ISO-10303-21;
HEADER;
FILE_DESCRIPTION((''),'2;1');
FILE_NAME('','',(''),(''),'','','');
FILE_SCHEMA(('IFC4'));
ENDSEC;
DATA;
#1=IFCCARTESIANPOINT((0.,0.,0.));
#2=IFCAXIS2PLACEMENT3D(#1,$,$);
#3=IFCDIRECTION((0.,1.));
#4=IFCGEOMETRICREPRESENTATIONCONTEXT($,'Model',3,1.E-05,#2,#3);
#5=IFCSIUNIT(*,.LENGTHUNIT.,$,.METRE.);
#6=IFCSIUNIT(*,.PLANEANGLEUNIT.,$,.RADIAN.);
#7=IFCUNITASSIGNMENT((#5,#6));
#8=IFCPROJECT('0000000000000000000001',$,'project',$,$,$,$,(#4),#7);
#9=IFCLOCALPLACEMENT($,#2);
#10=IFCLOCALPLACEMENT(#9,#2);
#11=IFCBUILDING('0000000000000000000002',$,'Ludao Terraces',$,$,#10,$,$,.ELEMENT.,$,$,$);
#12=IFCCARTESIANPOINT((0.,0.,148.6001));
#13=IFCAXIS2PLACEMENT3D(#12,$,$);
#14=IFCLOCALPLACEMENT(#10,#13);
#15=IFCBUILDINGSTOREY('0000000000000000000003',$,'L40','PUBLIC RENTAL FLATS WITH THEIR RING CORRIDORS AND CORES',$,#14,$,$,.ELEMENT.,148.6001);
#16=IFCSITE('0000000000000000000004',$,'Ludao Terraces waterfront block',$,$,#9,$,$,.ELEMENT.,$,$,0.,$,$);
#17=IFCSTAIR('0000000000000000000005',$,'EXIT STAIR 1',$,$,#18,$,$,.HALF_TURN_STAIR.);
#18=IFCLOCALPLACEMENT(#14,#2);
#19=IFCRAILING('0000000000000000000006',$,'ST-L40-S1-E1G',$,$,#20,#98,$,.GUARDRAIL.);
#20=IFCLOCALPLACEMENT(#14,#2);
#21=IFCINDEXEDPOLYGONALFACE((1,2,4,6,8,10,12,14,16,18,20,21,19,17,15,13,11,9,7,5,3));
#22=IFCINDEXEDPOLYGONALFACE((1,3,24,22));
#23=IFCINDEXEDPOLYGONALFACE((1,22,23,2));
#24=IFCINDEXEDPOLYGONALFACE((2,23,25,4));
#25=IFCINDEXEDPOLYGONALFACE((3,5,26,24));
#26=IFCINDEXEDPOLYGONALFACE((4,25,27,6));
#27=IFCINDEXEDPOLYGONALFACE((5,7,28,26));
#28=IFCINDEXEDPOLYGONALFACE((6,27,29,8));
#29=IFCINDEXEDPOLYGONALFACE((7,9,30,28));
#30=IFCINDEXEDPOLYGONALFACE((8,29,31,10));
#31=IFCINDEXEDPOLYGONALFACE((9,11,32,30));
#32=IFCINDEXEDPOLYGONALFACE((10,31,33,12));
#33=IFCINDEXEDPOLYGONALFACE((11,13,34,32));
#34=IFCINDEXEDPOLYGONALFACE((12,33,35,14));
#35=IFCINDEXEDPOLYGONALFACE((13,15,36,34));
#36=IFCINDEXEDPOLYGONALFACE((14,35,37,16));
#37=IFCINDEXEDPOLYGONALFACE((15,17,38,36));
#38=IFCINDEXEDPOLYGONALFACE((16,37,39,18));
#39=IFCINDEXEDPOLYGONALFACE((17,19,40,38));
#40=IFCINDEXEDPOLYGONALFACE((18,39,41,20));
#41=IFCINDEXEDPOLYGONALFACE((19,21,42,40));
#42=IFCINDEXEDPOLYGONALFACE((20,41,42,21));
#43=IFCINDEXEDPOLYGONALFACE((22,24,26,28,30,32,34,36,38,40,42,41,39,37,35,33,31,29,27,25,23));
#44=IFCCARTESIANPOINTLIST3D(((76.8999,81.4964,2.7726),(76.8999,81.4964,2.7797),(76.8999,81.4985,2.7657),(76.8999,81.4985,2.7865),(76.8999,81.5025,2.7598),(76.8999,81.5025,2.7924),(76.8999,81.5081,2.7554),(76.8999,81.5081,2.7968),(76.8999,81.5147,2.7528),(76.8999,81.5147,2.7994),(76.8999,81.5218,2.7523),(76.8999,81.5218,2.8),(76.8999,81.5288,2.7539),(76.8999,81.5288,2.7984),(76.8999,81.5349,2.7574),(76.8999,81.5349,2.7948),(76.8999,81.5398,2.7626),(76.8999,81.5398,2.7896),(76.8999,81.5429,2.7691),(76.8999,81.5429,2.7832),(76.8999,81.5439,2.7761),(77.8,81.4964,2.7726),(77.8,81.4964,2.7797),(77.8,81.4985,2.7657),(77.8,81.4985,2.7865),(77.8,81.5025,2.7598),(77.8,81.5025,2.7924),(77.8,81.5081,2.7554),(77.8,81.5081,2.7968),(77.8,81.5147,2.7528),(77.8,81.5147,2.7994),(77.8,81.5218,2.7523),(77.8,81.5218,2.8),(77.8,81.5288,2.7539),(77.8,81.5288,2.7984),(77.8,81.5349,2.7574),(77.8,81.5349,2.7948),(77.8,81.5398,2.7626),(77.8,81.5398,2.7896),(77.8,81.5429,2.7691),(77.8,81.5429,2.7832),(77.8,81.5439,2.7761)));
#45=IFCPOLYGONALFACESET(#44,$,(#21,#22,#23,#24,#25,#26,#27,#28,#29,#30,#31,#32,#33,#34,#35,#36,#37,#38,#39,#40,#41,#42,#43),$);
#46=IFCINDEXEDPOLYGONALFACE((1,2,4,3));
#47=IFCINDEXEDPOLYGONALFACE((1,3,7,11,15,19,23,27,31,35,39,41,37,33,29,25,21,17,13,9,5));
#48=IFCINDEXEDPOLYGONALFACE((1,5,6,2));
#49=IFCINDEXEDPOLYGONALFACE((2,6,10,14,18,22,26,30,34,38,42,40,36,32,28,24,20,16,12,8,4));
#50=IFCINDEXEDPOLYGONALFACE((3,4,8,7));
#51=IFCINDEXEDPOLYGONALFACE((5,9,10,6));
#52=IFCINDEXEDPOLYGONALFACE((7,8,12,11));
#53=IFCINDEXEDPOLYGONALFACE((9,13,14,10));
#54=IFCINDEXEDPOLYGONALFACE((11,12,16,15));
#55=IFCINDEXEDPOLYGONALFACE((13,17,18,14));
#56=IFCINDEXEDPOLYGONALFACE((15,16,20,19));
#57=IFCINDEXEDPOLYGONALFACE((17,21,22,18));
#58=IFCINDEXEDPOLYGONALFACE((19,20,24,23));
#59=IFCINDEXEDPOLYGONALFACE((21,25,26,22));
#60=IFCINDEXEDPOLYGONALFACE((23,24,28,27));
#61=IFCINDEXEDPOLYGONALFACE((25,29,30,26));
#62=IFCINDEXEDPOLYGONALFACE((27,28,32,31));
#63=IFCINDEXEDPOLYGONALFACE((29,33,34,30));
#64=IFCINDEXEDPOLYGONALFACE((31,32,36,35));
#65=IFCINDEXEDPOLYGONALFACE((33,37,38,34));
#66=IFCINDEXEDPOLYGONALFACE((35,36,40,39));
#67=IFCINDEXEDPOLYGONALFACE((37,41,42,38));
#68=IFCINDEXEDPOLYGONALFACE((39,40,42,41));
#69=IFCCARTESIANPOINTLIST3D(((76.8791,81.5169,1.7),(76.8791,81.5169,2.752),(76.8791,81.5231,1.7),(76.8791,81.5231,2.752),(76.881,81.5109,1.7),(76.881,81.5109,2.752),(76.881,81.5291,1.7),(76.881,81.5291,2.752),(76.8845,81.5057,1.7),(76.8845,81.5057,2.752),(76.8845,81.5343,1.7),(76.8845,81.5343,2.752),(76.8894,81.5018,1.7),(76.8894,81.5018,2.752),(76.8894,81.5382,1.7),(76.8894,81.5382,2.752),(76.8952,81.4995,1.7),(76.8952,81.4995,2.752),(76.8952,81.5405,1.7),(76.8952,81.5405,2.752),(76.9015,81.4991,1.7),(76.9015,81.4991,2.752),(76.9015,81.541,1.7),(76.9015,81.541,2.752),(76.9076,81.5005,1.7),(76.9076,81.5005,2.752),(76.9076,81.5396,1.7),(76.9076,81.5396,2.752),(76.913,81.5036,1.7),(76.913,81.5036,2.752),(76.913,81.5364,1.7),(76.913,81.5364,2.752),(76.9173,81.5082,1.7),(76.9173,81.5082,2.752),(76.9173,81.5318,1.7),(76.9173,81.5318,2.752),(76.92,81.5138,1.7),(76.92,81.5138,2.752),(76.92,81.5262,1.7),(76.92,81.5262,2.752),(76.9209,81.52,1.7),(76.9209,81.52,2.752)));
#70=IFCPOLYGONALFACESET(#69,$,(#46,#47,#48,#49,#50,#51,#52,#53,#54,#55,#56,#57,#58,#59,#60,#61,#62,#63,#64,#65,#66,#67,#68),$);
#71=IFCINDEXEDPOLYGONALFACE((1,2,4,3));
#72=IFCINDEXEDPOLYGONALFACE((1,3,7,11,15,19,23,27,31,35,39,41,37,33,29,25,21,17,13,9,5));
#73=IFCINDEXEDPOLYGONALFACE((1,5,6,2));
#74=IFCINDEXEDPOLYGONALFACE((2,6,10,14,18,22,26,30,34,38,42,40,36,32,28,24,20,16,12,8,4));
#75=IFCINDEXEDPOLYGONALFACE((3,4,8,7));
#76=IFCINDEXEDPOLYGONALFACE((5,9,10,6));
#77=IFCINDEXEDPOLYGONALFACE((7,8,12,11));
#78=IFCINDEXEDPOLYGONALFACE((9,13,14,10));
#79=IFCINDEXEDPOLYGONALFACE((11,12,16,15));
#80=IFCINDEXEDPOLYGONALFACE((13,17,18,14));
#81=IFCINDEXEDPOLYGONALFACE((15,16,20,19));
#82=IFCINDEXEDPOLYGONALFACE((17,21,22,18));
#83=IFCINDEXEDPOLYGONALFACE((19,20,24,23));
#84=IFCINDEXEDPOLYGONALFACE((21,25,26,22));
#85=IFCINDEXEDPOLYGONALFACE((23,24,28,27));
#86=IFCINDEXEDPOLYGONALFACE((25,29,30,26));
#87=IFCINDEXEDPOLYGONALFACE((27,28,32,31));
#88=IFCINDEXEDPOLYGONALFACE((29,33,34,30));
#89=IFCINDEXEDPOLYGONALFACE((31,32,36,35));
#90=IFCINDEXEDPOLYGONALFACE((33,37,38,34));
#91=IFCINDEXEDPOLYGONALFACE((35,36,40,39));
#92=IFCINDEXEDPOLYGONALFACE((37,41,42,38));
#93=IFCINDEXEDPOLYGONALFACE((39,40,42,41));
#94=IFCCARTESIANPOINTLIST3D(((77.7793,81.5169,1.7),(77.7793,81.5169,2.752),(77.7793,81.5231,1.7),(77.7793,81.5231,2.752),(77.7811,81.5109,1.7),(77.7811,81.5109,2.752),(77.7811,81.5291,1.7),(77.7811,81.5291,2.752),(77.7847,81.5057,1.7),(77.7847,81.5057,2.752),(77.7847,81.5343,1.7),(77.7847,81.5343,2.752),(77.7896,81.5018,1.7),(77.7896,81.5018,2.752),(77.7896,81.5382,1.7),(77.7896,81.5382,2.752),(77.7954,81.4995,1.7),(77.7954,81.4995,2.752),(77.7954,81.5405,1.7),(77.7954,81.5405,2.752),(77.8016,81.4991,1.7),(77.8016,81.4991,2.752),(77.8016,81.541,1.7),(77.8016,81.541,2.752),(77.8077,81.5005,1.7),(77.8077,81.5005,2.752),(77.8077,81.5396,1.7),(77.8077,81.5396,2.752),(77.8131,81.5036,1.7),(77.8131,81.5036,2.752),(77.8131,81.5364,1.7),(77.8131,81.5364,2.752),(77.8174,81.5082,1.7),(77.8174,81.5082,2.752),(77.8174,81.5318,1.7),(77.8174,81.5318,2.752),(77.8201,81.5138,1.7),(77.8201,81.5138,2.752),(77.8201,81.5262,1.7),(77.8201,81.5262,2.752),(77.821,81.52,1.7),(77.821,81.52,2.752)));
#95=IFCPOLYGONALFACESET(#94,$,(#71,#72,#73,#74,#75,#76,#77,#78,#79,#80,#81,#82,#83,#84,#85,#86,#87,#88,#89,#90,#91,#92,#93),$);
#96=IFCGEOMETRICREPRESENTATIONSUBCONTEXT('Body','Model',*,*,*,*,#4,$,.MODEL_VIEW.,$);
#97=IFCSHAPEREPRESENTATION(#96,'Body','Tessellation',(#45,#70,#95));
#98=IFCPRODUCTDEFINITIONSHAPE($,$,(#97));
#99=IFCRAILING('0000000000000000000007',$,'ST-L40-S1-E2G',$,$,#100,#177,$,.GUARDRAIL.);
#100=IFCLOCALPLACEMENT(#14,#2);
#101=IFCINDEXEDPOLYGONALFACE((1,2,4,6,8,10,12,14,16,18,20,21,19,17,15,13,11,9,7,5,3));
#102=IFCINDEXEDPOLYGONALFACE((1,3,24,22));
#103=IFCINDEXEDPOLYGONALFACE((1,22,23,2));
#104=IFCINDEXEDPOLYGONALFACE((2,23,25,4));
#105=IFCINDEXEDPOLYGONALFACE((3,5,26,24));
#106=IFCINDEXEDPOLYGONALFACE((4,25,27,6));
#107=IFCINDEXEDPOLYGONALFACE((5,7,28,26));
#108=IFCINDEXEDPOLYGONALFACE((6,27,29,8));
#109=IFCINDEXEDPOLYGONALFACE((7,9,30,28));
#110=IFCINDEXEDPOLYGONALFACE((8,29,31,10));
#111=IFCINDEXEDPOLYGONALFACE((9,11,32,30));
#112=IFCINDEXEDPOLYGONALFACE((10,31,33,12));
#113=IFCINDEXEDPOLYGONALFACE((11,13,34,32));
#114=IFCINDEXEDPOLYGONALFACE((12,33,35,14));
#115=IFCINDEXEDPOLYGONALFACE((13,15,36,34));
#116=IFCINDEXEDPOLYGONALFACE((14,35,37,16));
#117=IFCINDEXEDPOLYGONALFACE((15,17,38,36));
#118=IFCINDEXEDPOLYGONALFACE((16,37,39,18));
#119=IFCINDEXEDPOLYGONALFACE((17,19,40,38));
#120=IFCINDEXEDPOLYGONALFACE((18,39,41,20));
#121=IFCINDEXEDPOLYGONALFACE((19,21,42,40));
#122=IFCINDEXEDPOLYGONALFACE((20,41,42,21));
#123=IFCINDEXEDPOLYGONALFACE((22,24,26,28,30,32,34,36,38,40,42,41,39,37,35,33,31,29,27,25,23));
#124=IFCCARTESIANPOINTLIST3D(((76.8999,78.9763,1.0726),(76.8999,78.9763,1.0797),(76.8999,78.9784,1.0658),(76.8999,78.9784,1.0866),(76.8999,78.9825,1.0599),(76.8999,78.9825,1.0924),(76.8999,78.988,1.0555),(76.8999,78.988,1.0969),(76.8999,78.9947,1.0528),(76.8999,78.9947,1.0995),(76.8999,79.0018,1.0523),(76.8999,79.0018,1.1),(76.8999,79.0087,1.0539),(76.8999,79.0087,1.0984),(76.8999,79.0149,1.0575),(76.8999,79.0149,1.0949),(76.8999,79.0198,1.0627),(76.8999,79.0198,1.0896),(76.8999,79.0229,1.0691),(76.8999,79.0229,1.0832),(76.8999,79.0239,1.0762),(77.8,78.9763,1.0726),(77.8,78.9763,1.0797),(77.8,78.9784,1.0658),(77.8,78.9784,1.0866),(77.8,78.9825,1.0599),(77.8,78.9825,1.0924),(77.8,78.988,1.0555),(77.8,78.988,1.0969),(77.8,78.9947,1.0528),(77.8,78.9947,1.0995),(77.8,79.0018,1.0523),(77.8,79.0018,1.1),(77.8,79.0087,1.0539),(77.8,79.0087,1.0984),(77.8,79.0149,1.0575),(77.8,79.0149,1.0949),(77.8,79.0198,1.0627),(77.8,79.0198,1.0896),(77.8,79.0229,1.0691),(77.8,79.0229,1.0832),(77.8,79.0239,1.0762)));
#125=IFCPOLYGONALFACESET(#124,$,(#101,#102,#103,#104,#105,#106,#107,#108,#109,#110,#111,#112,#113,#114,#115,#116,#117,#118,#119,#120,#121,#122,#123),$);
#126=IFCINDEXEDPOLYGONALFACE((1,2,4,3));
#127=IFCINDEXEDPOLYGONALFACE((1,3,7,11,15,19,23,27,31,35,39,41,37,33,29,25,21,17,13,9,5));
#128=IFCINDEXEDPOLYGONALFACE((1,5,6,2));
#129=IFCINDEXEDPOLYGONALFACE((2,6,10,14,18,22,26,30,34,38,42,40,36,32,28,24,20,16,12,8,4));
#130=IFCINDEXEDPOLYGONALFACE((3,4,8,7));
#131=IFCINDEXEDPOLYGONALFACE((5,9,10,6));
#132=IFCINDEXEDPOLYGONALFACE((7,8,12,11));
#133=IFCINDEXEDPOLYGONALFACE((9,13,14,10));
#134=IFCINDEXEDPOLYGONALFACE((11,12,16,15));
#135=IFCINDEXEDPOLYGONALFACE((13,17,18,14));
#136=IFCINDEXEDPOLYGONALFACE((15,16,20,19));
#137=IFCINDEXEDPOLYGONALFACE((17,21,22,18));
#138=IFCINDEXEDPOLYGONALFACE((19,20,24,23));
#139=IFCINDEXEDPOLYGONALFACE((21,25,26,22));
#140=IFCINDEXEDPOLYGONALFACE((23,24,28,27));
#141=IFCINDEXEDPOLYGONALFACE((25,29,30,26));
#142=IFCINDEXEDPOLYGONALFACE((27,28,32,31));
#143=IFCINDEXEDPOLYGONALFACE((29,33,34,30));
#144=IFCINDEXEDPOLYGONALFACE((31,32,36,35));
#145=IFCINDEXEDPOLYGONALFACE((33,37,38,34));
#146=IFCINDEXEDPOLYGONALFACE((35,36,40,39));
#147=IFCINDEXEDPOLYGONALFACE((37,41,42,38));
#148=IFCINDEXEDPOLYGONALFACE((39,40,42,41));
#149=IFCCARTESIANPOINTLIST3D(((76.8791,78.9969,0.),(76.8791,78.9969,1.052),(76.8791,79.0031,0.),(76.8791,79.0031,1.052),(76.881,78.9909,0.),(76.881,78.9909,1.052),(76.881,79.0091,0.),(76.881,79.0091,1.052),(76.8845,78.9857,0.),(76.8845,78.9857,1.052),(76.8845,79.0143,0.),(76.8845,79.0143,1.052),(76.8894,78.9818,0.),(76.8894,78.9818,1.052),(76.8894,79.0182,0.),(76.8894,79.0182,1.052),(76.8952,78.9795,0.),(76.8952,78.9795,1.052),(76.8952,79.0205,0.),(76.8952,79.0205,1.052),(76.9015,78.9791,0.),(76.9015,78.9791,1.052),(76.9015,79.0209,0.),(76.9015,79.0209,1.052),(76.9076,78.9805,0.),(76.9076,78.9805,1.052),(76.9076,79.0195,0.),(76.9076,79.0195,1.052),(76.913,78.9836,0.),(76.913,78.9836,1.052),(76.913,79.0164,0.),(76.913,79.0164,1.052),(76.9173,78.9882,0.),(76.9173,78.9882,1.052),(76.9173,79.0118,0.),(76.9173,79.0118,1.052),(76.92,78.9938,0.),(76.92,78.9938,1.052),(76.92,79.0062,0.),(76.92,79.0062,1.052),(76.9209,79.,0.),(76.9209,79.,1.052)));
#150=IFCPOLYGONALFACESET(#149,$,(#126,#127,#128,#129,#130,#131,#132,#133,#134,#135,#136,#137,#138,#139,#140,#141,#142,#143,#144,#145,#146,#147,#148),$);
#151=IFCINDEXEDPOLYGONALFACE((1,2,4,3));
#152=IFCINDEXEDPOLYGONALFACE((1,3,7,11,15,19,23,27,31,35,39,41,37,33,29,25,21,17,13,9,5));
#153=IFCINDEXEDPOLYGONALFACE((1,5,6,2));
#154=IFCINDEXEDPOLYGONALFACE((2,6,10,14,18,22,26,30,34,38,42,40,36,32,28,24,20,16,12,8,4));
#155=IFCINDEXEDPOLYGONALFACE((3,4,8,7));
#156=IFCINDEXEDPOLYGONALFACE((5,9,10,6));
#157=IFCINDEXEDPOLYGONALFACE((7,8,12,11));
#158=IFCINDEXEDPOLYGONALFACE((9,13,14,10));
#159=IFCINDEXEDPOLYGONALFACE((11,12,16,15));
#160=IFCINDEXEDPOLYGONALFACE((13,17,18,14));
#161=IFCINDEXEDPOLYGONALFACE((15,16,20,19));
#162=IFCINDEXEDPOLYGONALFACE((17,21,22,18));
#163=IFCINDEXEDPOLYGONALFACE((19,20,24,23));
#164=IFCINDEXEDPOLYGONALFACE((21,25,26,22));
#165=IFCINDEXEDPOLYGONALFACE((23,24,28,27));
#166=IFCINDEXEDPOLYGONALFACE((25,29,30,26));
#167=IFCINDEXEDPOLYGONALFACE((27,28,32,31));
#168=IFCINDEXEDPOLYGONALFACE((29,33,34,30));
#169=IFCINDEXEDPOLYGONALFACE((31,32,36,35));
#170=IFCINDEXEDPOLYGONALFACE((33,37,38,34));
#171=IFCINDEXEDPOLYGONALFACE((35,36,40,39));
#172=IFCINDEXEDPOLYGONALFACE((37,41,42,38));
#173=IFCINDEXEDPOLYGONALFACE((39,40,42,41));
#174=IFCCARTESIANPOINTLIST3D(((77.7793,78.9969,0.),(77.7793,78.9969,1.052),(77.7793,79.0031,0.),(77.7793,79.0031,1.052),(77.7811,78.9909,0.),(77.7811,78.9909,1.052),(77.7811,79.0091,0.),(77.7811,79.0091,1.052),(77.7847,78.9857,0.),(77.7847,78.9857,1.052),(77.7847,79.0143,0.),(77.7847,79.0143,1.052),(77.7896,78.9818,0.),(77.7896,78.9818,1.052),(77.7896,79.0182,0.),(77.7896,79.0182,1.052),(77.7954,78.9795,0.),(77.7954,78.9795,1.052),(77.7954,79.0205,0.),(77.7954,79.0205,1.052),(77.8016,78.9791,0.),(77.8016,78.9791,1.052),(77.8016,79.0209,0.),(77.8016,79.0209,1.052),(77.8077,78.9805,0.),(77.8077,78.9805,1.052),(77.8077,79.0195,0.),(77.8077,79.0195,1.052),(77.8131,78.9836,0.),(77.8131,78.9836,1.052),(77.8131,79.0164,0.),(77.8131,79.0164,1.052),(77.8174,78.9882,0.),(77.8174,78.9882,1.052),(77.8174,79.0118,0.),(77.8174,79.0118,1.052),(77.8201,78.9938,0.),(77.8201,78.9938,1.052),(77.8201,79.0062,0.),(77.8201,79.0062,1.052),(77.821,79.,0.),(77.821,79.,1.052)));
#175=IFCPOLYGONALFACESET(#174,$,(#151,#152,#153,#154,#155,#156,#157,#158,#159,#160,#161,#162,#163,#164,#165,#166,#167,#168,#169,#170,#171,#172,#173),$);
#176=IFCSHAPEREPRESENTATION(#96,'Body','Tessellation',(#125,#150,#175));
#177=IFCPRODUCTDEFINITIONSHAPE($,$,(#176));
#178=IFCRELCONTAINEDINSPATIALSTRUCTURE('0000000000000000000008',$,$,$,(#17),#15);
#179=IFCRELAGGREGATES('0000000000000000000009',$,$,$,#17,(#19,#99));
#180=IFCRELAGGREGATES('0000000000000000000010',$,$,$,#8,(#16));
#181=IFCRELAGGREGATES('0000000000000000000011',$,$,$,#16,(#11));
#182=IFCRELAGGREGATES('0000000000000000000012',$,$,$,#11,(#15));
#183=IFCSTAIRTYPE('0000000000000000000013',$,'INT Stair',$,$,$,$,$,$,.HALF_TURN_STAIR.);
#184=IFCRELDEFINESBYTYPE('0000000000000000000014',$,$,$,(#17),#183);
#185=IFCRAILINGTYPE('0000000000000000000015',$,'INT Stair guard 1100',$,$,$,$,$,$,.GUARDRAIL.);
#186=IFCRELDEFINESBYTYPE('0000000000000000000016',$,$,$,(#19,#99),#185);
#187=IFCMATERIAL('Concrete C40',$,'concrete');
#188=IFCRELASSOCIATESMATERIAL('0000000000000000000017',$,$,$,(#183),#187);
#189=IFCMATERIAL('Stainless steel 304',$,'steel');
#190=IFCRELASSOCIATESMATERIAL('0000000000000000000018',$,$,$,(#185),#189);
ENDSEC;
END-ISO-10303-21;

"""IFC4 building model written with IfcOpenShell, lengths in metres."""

from ifc_helpers import new_model, si_unit, direction, frame, origin, origin_2d, place, context, subcontext, project, spatial, circle, extrude, material, type_object, element, aggregate, save


model = new_model("IFC4")

# Units and contexts
model_context = context("Model", 3, precision=1e-05, world=origin(), true_north=direction((0.0, 1.0)))
body_context = subcontext(model_context, "Body", "Model", "MODEL_VIEW")
ifc_project = project(units=[si_unit("LENGTHUNIT", "METRE"), si_unit("PLANEANGLEUNIT", "RADIAN")], contexts=[model_context])

# Site, building, storey
site_placement = place(None, origin())
site = spatial("IfcSite", under=ifc_project, at=site_placement, Name="Ludao Terraces waterfront block", CompositionType="ELEMENT", RefElevation=0.0)
building_placement = place(site_placement, origin())
building = spatial("IfcBuilding", under=site, at=building_placement, Name="Ludao Terraces", CompositionType="ELEMENT")
storey_placement = place(building_placement, frame((0.0, 0.0, 148.6001)))
storey = spatial("IfcBuildingStorey", under=building, at=storey_placement, Name="L40", Description="PUBLIC RENTAL FLATS WITH THEIR RING CORRIDORS AND CORES", CompositionType="ELEMENT", Elevation=148.6001)

# Shared definitions
ifc_material_1 = material(Name="Concrete C40", Category="concrete")

# Shared definitions
ifc_material_2 = material(Name="Stainless steel 304", Category="steel")

# Stair, railings
stair_type = type_object("IfcStairType", Name="INT Stair", PredefinedType="HALF_TURN_STAIR", material=ifc_material_1)
stair_placement = place(storey_placement, origin())
stair = element("IfcStair", 1, at=stair_placement, inside=storey, type_object=stair_type, Name="EXIT STAIR 1", PredefinedType="HALF_TURN_STAIR")
railing_type_1 = type_object("IfcRailingType", Name="INT Stair guard 1100", PredefinedType="GUARDRAIL", material=ifc_material_2)
railing_1_placement = place(storey_placement, frame((76.8999, 81.52, 1.7)))
railing_1 = element("IfcRailing", 2, at=railing_1_placement, type_object=railing_type_1, Name="ST-L40-S1-E1G", PredefinedType="GUARDRAIL", context=body_context, shape_type="SweptSolid", body=[
    extrude(circle(Radius=0.0239, at=origin_2d()), frame((0.0, 0.0, 1.0762), z_axis=(1.0, 0.0, 0.0), x_axis=(0.0, 1.0, 0.0)), (0.0, 0.0, 1.0), 0.9001),
    extrude(circle(Radius=0.021, at=origin_2d()), origin(), (0.0, 0.0, 1.0), 1.052),
    extrude(circle(Radius=0.021, at=origin_2d()), frame((0.9001, 0.0, 0.0)), (0.0, 0.0, 1.0), 1.052),
])
railing_2_placement = place(storey_placement, frame((76.8999, 79.0, 0.0)))
railing_2 = element("IfcRailing", 3, at=railing_2_placement, type_object=railing_type_1, Name="ST-L40-S1-E2G", PredefinedType="GUARDRAIL", context=body_context, shape_type="SweptSolid", body=[
    extrude(circle(Radius=0.0239, at=origin_2d()), frame((0.0, 0.0, 1.0762), z_axis=(1.0, 0.0, 0.0), x_axis=(0.0, 1.0, 0.0)), (0.0, 0.0, 1.0), 0.9001),
    extrude(circle(Radius=0.021, at=origin_2d()), origin(), (0.0, 0.0, 1.0), 1.052),
    extrude(circle(Radius=0.021, at=origin_2d()), frame((0.9001, 0.0, 0.0)), (0.0, 0.0, 1.0), 1.052),
])
aggregate(stair, [railing_1, railing_2])

save(model, "model.ifc")
